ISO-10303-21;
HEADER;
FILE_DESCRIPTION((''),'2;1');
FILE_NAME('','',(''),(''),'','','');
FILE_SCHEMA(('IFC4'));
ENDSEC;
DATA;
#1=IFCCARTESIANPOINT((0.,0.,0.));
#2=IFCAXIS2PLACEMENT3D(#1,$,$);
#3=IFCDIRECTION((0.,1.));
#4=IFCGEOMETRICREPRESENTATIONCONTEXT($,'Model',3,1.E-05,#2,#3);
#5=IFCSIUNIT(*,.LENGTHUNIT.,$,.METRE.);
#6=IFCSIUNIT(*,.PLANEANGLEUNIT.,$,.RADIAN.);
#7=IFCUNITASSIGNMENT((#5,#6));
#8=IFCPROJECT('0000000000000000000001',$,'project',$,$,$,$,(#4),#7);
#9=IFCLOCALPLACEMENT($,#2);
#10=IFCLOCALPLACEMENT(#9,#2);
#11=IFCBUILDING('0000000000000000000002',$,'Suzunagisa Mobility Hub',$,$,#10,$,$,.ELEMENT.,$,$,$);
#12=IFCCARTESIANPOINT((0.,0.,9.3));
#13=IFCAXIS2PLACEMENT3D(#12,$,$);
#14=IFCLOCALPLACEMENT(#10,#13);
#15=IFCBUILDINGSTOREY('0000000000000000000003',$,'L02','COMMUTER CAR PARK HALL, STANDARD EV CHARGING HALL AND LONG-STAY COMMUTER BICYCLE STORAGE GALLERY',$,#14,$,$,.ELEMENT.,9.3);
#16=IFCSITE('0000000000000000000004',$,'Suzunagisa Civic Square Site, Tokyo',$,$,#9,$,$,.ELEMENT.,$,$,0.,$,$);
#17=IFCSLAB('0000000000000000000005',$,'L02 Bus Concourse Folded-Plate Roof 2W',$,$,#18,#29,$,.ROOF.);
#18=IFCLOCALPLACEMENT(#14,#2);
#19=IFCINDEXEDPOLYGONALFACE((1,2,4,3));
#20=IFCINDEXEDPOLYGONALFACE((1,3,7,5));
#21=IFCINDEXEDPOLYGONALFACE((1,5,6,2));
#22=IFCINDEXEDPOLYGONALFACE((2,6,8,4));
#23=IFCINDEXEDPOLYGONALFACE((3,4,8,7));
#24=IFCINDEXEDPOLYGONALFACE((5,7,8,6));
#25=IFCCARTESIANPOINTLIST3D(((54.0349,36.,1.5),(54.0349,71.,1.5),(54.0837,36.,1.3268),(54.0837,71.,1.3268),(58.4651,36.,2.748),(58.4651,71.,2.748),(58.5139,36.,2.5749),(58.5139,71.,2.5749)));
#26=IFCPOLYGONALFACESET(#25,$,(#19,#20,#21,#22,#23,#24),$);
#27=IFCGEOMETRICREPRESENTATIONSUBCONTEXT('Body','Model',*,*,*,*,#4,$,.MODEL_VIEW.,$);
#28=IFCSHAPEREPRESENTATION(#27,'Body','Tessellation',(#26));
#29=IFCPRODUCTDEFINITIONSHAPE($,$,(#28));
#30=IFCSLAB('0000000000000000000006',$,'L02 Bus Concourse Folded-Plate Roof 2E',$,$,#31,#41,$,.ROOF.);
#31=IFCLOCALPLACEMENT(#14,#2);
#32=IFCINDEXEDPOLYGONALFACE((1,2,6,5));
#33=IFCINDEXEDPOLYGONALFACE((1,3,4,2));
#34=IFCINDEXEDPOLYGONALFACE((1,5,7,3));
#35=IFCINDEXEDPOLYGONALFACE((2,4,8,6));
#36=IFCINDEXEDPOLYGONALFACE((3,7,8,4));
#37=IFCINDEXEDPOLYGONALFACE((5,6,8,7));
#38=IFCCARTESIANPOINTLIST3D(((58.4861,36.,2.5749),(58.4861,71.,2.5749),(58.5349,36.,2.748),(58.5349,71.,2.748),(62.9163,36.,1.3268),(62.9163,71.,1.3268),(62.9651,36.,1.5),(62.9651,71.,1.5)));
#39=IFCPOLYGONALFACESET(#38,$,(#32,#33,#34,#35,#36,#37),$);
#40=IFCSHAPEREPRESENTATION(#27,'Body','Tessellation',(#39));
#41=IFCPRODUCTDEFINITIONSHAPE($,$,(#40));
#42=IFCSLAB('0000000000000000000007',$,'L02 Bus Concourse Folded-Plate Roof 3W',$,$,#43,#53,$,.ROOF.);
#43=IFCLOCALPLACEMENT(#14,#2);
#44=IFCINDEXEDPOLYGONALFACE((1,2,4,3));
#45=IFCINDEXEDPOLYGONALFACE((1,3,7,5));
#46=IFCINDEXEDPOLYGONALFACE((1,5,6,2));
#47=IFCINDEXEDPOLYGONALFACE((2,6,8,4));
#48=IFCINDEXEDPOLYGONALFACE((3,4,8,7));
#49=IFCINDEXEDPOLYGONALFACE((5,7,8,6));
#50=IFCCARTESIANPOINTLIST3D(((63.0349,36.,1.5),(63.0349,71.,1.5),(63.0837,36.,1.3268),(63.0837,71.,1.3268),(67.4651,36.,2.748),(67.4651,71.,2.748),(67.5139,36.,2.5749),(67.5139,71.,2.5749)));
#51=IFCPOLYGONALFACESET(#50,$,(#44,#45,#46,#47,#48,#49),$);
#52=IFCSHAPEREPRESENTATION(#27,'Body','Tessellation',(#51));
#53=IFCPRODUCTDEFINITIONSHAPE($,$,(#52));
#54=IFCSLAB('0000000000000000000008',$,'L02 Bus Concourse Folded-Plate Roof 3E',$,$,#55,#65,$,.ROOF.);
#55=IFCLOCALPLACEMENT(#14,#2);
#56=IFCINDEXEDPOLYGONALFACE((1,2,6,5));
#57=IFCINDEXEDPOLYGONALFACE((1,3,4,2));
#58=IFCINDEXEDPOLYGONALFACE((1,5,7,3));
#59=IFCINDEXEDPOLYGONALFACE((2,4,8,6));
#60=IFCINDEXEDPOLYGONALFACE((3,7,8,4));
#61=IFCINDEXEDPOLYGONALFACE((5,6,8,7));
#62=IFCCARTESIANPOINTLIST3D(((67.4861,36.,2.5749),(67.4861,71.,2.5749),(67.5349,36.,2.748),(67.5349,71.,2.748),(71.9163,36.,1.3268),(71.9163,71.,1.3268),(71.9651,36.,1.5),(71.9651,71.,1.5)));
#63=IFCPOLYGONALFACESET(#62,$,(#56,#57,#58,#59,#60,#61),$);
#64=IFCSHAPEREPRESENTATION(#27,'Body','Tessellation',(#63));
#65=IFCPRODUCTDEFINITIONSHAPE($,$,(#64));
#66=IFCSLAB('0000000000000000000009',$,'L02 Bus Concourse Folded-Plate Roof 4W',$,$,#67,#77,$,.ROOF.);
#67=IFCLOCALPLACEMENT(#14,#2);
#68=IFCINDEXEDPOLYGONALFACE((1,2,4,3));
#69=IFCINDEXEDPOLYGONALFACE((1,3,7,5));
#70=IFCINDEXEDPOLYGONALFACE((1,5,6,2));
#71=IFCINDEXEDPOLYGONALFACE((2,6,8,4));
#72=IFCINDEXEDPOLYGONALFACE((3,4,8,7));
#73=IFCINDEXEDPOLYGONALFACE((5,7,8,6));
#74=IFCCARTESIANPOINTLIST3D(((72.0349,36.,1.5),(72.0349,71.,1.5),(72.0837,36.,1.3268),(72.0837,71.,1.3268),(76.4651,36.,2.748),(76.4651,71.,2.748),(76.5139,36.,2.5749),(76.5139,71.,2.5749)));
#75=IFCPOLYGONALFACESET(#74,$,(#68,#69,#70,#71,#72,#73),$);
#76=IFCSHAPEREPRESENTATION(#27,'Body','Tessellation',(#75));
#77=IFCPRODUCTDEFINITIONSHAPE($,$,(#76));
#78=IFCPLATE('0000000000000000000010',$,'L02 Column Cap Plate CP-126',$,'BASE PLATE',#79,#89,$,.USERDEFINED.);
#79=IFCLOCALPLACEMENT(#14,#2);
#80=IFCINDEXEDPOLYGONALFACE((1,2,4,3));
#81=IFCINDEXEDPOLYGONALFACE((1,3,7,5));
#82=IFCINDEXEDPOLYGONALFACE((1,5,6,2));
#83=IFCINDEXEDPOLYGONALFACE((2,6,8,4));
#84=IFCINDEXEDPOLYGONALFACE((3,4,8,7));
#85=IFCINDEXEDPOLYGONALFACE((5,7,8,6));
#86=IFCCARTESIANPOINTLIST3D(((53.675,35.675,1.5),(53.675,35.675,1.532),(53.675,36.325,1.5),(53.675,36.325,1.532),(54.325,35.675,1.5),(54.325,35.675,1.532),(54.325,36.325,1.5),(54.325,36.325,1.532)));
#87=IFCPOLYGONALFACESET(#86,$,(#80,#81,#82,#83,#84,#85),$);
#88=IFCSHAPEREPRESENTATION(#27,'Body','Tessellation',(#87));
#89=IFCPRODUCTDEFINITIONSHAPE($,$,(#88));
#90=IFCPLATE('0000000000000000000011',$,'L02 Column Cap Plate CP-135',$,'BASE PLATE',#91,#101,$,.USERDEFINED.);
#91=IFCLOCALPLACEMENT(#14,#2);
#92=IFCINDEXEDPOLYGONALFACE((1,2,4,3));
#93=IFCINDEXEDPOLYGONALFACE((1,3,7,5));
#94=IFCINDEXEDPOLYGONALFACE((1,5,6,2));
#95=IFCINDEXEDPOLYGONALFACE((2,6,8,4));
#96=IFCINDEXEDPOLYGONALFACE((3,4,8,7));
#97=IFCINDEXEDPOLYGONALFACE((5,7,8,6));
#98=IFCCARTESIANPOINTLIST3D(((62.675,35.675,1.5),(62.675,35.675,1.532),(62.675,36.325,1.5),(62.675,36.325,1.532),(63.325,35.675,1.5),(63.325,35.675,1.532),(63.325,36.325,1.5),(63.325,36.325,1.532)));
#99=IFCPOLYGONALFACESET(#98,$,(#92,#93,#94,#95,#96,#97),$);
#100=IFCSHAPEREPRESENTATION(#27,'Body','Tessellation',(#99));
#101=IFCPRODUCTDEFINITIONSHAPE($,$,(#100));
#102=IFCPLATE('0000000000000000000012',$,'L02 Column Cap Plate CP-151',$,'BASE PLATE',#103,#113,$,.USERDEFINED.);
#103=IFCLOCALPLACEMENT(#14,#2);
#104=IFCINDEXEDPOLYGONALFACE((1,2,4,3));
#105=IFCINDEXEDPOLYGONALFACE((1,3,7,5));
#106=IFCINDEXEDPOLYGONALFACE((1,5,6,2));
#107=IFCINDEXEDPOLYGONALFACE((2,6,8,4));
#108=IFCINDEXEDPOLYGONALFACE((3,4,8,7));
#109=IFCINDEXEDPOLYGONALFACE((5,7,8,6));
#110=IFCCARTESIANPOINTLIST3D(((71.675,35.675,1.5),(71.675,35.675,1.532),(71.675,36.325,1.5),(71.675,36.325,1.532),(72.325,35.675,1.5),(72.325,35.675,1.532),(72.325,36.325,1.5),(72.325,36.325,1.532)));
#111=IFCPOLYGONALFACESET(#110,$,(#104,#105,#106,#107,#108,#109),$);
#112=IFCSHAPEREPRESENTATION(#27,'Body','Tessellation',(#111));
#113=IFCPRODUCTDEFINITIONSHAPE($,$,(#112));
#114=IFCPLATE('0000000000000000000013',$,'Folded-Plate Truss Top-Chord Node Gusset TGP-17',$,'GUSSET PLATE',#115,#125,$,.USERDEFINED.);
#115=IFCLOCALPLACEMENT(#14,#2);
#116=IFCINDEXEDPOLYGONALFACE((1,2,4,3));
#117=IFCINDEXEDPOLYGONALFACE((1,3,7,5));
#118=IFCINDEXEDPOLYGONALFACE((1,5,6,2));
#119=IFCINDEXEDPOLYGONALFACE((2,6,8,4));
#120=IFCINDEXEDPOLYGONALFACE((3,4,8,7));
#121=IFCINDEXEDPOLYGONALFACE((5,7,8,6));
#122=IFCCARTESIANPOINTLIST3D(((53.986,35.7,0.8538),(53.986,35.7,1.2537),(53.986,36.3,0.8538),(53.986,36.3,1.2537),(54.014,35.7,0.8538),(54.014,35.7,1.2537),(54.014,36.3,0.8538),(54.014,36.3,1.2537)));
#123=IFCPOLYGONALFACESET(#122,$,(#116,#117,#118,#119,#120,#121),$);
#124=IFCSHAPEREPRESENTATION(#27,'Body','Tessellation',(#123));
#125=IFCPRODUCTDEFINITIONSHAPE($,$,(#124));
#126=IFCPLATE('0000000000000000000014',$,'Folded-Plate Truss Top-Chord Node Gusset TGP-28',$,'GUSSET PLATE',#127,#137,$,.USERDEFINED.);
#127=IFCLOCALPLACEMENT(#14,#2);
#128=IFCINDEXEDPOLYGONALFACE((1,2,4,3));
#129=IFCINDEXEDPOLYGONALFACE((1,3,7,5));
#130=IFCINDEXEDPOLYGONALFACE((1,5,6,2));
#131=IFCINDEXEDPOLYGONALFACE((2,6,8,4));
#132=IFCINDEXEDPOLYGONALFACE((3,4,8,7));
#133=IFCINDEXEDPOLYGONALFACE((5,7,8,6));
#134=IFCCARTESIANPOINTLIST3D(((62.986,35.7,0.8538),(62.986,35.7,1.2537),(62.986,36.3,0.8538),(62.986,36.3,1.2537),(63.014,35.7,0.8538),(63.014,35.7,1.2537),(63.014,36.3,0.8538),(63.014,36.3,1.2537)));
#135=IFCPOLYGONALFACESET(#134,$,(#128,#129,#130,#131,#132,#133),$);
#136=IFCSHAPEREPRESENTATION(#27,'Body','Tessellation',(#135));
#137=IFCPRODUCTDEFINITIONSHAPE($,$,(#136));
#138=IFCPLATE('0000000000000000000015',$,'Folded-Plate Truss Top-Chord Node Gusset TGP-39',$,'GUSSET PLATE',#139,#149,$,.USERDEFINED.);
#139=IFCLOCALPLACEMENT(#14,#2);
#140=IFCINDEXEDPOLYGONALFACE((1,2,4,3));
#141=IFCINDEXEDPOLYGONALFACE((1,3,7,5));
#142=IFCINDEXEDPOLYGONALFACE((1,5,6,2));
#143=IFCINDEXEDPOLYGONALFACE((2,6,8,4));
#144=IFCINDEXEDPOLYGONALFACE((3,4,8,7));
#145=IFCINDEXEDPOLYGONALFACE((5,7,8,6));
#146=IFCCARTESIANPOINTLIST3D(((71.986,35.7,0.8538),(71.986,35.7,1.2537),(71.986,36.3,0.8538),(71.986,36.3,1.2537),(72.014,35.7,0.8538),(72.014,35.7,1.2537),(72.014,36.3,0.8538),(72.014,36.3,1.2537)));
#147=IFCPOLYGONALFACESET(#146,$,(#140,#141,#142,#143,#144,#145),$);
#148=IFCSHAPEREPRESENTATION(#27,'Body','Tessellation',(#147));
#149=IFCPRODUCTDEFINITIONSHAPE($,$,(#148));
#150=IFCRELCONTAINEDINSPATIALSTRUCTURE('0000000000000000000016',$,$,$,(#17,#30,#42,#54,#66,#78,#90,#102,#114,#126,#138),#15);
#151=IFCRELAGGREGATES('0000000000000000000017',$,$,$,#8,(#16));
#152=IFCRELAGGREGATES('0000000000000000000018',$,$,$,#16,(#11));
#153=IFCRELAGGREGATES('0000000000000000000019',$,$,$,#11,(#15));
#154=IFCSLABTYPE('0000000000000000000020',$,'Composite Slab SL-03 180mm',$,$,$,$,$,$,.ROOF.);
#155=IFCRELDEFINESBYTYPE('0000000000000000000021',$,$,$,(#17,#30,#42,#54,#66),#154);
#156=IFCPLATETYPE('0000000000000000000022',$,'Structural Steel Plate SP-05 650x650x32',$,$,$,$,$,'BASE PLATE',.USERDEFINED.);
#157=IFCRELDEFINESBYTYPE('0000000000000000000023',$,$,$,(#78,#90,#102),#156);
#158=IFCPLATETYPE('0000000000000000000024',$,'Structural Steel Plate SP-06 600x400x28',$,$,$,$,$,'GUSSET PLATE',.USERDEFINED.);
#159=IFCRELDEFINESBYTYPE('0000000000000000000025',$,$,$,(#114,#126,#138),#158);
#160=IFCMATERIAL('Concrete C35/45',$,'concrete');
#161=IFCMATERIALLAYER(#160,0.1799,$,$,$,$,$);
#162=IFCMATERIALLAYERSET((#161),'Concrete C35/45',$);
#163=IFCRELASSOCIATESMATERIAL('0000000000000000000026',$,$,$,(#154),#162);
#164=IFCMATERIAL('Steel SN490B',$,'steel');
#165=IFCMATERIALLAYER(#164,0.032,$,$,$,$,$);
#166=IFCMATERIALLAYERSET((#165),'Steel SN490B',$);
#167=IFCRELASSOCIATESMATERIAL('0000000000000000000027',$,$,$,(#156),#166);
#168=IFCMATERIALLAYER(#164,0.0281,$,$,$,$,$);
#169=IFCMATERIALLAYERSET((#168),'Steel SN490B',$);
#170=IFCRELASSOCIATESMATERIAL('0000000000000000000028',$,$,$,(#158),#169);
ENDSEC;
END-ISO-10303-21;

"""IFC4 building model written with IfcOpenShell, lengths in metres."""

from ifc_helpers import new_model, si_unit, direction, frame, origin, origin_2d, place, context, subcontext, project, spatial, polyline, rectangle, outline, extrude, material, layer, layer_set, type_object, element, save


model = new_model("IFC4")

# Units and contexts
model_context = context("Model", 3, precision=1e-05, world=origin(), true_north=direction((0.0, 1.0)))
body_context = subcontext(model_context, "Body", "Model", "MODEL_VIEW")
ifc_project = project(units=[si_unit("LENGTHUNIT", "METRE"), si_unit("PLANEANGLEUNIT", "RADIAN")], contexts=[model_context])

# Site, building, storey
site_placement = place(None, origin())
site = spatial("IfcSite", under=ifc_project, at=site_placement, Name="Suzunagisa Civic Square Site, Tokyo", CompositionType="ELEMENT", RefElevation=0.0)
building_placement = place(site_placement, origin())
building = spatial("IfcBuilding", under=site, at=building_placement, Name="Suzunagisa Mobility Hub", CompositionType="ELEMENT")
storey_placement = place(building_placement, frame((0.0, 0.0, 9.3)))
storey = spatial("IfcBuildingStorey", under=building, at=storey_placement, Name="L02", Description="COMMUTER CAR PARK HALL, STANDARD EV CHARGING HALL AND LONG-STAY COMMUTER BICYCLE STORAGE GALLERY", CompositionType="ELEMENT", Elevation=9.3)

# Shared definitions
ifc_material_1 = material(Name="Steel SN490B", Category="steel")

# Slabs
ifc_material_2 = material(Name="Concrete C35/45", Category="concrete")
ifc_layer_1 = layer(ifc_material_2, 0.1799)
ifc_layer_set_1 = layer_set([ifc_layer_1], Name="Concrete C35/45")
slab_type = type_object("IfcSlabType", Name="Composite Slab SL-03 180mm", PredefinedType="ROOF", material=ifc_layer_set_1)
for number, where, z_axis, x_axis, name in (
    (1, (54.0349, 36.0, 1.5), (-0.27116, 0.0, 0.962534), (0.962534, 0.0, 0.27116), "L02 Bus Concourse Folded-Plate Roof 2W"),
    (2, (58.5349, 36.0, 2.748), (0.27116, 0.0, 0.962534), (0.962534, 0.0, -0.27116), "L02 Bus Concourse Folded-Plate Roof 2E"),
    (3, (63.0349, 36.0, 1.5), (-0.27116, 0.0, 0.962534), (0.962534, 0.0, 0.27116), "L02 Bus Concourse Folded-Plate Roof 3W"),
    (4, (67.5349, 36.0, 2.748), (0.27116, 0.0, 0.962534), (0.962534, 0.0, -0.27116), "L02 Bus Concourse Folded-Plate Roof 3E"),
    (5, (72.0349, 36.0, 1.5), (-0.27116, 0.0, 0.962534), (0.962534, 0.0, 0.27116), "L02 Bus Concourse Folded-Plate Roof 4W"),
):
    element("IfcSlab", number, at=place(storey_placement, frame(where, z_axis=z_axis, x_axis=x_axis)), inside=storey, type_object=slab_type, Name=name, PredefinedType="ROOF", context=body_context, shape_type="SweptSolid", body=[
        extrude(outline(polyline([(0.0, 0.0), (4.6026, 0.0), (4.6026, 35.0), (0.0, 35.0), (0.0, 0.0)])), origin(), (0.0, 0.0, -1.0), 0.1799),
    ])

# Plates
ifc_layer_2 = layer(ifc_material_1, 0.032)
ifc_layer_set_2 = layer_set([ifc_layer_2], Name="Steel SN490B")
plate_type_1 = type_object("IfcPlateType", Name="Structural Steel Plate SP-05 650x650x32", ElementType="BASE PLATE", PredefinedType="USERDEFINED", material=ifc_layer_set_2)
for number, where, z_axis, x_axis, name in (
    (6, (54.0, 36.0, 1.5), (0.0, 0.0, 1.0), (1.0, 0.0, 0.0), "L02 Column Cap Plate CP-126"),
    (7, (63.0, 36.0, 1.5), (0.0, 0.0, 1.0), (1.0, 0.0, 0.0), "L02 Column Cap Plate CP-135"),
    (8, (72.0, 36.0, 1.5), (0.0, 0.0, 1.0), (1.0, 0.0, 0.0), "L02 Column Cap Plate CP-151"),
):
    element("IfcPlate", number, at=place(storey_placement, frame(where, z_axis=z_axis, x_axis=x_axis)), inside=storey, type_object=plate_type_1, Name=name, ObjectType="BASE PLATE", PredefinedType="USERDEFINED", context=body_context, shape_type="SweptSolid", body=[
        extrude(rectangle(XDim=0.6499, YDim=0.6499, at=origin_2d()), origin(), (0.0, 0.0, 1.0), 0.032),
    ])
ifc_layer_3 = layer(ifc_material_1, 0.0281)
ifc_layer_set_3 = layer_set([ifc_layer_3], Name="Steel SN490B")
plate_type_2 = type_object("IfcPlateType", Name="Structural Steel Plate SP-06 600x400x28", ElementType="GUSSET PLATE", PredefinedType="USERDEFINED", material=ifc_layer_set_3)
for number, where, z_axis, x_axis, name in (
    (9, (54.0, 36.0, 0.8538), (0.0, 0.0, 1.0), (1.0, 0.0, 0.0), "Folded-Plate Truss Top-Chord Node Gusset TGP-17"),
    (10, (63.0, 36.0, 0.8538), (0.0, 0.0, 1.0), (1.0, 0.0, 0.0), "Folded-Plate Truss Top-Chord Node Gusset TGP-28"),
    (11, (72.0, 36.0, 0.8538), (0.0, 0.0, 1.0), (1.0, 0.0, 0.0), "Folded-Plate Truss Top-Chord Node Gusset TGP-39"),
):
    element("IfcPlate", number, at=place(storey_placement, frame(where, z_axis=z_axis, x_axis=x_axis)), inside=storey, type_object=plate_type_2, Name=name, ObjectType="GUSSET PLATE", PredefinedType="USERDEFINED", context=body_context, shape_type="SweptSolid", body=[
        extrude(rectangle(XDim=0.0281, YDim=0.6001, at=origin_2d()), origin(), (0.0, 0.0, 1.0), 0.3999),
    ])

save(model, "model.ifc")
